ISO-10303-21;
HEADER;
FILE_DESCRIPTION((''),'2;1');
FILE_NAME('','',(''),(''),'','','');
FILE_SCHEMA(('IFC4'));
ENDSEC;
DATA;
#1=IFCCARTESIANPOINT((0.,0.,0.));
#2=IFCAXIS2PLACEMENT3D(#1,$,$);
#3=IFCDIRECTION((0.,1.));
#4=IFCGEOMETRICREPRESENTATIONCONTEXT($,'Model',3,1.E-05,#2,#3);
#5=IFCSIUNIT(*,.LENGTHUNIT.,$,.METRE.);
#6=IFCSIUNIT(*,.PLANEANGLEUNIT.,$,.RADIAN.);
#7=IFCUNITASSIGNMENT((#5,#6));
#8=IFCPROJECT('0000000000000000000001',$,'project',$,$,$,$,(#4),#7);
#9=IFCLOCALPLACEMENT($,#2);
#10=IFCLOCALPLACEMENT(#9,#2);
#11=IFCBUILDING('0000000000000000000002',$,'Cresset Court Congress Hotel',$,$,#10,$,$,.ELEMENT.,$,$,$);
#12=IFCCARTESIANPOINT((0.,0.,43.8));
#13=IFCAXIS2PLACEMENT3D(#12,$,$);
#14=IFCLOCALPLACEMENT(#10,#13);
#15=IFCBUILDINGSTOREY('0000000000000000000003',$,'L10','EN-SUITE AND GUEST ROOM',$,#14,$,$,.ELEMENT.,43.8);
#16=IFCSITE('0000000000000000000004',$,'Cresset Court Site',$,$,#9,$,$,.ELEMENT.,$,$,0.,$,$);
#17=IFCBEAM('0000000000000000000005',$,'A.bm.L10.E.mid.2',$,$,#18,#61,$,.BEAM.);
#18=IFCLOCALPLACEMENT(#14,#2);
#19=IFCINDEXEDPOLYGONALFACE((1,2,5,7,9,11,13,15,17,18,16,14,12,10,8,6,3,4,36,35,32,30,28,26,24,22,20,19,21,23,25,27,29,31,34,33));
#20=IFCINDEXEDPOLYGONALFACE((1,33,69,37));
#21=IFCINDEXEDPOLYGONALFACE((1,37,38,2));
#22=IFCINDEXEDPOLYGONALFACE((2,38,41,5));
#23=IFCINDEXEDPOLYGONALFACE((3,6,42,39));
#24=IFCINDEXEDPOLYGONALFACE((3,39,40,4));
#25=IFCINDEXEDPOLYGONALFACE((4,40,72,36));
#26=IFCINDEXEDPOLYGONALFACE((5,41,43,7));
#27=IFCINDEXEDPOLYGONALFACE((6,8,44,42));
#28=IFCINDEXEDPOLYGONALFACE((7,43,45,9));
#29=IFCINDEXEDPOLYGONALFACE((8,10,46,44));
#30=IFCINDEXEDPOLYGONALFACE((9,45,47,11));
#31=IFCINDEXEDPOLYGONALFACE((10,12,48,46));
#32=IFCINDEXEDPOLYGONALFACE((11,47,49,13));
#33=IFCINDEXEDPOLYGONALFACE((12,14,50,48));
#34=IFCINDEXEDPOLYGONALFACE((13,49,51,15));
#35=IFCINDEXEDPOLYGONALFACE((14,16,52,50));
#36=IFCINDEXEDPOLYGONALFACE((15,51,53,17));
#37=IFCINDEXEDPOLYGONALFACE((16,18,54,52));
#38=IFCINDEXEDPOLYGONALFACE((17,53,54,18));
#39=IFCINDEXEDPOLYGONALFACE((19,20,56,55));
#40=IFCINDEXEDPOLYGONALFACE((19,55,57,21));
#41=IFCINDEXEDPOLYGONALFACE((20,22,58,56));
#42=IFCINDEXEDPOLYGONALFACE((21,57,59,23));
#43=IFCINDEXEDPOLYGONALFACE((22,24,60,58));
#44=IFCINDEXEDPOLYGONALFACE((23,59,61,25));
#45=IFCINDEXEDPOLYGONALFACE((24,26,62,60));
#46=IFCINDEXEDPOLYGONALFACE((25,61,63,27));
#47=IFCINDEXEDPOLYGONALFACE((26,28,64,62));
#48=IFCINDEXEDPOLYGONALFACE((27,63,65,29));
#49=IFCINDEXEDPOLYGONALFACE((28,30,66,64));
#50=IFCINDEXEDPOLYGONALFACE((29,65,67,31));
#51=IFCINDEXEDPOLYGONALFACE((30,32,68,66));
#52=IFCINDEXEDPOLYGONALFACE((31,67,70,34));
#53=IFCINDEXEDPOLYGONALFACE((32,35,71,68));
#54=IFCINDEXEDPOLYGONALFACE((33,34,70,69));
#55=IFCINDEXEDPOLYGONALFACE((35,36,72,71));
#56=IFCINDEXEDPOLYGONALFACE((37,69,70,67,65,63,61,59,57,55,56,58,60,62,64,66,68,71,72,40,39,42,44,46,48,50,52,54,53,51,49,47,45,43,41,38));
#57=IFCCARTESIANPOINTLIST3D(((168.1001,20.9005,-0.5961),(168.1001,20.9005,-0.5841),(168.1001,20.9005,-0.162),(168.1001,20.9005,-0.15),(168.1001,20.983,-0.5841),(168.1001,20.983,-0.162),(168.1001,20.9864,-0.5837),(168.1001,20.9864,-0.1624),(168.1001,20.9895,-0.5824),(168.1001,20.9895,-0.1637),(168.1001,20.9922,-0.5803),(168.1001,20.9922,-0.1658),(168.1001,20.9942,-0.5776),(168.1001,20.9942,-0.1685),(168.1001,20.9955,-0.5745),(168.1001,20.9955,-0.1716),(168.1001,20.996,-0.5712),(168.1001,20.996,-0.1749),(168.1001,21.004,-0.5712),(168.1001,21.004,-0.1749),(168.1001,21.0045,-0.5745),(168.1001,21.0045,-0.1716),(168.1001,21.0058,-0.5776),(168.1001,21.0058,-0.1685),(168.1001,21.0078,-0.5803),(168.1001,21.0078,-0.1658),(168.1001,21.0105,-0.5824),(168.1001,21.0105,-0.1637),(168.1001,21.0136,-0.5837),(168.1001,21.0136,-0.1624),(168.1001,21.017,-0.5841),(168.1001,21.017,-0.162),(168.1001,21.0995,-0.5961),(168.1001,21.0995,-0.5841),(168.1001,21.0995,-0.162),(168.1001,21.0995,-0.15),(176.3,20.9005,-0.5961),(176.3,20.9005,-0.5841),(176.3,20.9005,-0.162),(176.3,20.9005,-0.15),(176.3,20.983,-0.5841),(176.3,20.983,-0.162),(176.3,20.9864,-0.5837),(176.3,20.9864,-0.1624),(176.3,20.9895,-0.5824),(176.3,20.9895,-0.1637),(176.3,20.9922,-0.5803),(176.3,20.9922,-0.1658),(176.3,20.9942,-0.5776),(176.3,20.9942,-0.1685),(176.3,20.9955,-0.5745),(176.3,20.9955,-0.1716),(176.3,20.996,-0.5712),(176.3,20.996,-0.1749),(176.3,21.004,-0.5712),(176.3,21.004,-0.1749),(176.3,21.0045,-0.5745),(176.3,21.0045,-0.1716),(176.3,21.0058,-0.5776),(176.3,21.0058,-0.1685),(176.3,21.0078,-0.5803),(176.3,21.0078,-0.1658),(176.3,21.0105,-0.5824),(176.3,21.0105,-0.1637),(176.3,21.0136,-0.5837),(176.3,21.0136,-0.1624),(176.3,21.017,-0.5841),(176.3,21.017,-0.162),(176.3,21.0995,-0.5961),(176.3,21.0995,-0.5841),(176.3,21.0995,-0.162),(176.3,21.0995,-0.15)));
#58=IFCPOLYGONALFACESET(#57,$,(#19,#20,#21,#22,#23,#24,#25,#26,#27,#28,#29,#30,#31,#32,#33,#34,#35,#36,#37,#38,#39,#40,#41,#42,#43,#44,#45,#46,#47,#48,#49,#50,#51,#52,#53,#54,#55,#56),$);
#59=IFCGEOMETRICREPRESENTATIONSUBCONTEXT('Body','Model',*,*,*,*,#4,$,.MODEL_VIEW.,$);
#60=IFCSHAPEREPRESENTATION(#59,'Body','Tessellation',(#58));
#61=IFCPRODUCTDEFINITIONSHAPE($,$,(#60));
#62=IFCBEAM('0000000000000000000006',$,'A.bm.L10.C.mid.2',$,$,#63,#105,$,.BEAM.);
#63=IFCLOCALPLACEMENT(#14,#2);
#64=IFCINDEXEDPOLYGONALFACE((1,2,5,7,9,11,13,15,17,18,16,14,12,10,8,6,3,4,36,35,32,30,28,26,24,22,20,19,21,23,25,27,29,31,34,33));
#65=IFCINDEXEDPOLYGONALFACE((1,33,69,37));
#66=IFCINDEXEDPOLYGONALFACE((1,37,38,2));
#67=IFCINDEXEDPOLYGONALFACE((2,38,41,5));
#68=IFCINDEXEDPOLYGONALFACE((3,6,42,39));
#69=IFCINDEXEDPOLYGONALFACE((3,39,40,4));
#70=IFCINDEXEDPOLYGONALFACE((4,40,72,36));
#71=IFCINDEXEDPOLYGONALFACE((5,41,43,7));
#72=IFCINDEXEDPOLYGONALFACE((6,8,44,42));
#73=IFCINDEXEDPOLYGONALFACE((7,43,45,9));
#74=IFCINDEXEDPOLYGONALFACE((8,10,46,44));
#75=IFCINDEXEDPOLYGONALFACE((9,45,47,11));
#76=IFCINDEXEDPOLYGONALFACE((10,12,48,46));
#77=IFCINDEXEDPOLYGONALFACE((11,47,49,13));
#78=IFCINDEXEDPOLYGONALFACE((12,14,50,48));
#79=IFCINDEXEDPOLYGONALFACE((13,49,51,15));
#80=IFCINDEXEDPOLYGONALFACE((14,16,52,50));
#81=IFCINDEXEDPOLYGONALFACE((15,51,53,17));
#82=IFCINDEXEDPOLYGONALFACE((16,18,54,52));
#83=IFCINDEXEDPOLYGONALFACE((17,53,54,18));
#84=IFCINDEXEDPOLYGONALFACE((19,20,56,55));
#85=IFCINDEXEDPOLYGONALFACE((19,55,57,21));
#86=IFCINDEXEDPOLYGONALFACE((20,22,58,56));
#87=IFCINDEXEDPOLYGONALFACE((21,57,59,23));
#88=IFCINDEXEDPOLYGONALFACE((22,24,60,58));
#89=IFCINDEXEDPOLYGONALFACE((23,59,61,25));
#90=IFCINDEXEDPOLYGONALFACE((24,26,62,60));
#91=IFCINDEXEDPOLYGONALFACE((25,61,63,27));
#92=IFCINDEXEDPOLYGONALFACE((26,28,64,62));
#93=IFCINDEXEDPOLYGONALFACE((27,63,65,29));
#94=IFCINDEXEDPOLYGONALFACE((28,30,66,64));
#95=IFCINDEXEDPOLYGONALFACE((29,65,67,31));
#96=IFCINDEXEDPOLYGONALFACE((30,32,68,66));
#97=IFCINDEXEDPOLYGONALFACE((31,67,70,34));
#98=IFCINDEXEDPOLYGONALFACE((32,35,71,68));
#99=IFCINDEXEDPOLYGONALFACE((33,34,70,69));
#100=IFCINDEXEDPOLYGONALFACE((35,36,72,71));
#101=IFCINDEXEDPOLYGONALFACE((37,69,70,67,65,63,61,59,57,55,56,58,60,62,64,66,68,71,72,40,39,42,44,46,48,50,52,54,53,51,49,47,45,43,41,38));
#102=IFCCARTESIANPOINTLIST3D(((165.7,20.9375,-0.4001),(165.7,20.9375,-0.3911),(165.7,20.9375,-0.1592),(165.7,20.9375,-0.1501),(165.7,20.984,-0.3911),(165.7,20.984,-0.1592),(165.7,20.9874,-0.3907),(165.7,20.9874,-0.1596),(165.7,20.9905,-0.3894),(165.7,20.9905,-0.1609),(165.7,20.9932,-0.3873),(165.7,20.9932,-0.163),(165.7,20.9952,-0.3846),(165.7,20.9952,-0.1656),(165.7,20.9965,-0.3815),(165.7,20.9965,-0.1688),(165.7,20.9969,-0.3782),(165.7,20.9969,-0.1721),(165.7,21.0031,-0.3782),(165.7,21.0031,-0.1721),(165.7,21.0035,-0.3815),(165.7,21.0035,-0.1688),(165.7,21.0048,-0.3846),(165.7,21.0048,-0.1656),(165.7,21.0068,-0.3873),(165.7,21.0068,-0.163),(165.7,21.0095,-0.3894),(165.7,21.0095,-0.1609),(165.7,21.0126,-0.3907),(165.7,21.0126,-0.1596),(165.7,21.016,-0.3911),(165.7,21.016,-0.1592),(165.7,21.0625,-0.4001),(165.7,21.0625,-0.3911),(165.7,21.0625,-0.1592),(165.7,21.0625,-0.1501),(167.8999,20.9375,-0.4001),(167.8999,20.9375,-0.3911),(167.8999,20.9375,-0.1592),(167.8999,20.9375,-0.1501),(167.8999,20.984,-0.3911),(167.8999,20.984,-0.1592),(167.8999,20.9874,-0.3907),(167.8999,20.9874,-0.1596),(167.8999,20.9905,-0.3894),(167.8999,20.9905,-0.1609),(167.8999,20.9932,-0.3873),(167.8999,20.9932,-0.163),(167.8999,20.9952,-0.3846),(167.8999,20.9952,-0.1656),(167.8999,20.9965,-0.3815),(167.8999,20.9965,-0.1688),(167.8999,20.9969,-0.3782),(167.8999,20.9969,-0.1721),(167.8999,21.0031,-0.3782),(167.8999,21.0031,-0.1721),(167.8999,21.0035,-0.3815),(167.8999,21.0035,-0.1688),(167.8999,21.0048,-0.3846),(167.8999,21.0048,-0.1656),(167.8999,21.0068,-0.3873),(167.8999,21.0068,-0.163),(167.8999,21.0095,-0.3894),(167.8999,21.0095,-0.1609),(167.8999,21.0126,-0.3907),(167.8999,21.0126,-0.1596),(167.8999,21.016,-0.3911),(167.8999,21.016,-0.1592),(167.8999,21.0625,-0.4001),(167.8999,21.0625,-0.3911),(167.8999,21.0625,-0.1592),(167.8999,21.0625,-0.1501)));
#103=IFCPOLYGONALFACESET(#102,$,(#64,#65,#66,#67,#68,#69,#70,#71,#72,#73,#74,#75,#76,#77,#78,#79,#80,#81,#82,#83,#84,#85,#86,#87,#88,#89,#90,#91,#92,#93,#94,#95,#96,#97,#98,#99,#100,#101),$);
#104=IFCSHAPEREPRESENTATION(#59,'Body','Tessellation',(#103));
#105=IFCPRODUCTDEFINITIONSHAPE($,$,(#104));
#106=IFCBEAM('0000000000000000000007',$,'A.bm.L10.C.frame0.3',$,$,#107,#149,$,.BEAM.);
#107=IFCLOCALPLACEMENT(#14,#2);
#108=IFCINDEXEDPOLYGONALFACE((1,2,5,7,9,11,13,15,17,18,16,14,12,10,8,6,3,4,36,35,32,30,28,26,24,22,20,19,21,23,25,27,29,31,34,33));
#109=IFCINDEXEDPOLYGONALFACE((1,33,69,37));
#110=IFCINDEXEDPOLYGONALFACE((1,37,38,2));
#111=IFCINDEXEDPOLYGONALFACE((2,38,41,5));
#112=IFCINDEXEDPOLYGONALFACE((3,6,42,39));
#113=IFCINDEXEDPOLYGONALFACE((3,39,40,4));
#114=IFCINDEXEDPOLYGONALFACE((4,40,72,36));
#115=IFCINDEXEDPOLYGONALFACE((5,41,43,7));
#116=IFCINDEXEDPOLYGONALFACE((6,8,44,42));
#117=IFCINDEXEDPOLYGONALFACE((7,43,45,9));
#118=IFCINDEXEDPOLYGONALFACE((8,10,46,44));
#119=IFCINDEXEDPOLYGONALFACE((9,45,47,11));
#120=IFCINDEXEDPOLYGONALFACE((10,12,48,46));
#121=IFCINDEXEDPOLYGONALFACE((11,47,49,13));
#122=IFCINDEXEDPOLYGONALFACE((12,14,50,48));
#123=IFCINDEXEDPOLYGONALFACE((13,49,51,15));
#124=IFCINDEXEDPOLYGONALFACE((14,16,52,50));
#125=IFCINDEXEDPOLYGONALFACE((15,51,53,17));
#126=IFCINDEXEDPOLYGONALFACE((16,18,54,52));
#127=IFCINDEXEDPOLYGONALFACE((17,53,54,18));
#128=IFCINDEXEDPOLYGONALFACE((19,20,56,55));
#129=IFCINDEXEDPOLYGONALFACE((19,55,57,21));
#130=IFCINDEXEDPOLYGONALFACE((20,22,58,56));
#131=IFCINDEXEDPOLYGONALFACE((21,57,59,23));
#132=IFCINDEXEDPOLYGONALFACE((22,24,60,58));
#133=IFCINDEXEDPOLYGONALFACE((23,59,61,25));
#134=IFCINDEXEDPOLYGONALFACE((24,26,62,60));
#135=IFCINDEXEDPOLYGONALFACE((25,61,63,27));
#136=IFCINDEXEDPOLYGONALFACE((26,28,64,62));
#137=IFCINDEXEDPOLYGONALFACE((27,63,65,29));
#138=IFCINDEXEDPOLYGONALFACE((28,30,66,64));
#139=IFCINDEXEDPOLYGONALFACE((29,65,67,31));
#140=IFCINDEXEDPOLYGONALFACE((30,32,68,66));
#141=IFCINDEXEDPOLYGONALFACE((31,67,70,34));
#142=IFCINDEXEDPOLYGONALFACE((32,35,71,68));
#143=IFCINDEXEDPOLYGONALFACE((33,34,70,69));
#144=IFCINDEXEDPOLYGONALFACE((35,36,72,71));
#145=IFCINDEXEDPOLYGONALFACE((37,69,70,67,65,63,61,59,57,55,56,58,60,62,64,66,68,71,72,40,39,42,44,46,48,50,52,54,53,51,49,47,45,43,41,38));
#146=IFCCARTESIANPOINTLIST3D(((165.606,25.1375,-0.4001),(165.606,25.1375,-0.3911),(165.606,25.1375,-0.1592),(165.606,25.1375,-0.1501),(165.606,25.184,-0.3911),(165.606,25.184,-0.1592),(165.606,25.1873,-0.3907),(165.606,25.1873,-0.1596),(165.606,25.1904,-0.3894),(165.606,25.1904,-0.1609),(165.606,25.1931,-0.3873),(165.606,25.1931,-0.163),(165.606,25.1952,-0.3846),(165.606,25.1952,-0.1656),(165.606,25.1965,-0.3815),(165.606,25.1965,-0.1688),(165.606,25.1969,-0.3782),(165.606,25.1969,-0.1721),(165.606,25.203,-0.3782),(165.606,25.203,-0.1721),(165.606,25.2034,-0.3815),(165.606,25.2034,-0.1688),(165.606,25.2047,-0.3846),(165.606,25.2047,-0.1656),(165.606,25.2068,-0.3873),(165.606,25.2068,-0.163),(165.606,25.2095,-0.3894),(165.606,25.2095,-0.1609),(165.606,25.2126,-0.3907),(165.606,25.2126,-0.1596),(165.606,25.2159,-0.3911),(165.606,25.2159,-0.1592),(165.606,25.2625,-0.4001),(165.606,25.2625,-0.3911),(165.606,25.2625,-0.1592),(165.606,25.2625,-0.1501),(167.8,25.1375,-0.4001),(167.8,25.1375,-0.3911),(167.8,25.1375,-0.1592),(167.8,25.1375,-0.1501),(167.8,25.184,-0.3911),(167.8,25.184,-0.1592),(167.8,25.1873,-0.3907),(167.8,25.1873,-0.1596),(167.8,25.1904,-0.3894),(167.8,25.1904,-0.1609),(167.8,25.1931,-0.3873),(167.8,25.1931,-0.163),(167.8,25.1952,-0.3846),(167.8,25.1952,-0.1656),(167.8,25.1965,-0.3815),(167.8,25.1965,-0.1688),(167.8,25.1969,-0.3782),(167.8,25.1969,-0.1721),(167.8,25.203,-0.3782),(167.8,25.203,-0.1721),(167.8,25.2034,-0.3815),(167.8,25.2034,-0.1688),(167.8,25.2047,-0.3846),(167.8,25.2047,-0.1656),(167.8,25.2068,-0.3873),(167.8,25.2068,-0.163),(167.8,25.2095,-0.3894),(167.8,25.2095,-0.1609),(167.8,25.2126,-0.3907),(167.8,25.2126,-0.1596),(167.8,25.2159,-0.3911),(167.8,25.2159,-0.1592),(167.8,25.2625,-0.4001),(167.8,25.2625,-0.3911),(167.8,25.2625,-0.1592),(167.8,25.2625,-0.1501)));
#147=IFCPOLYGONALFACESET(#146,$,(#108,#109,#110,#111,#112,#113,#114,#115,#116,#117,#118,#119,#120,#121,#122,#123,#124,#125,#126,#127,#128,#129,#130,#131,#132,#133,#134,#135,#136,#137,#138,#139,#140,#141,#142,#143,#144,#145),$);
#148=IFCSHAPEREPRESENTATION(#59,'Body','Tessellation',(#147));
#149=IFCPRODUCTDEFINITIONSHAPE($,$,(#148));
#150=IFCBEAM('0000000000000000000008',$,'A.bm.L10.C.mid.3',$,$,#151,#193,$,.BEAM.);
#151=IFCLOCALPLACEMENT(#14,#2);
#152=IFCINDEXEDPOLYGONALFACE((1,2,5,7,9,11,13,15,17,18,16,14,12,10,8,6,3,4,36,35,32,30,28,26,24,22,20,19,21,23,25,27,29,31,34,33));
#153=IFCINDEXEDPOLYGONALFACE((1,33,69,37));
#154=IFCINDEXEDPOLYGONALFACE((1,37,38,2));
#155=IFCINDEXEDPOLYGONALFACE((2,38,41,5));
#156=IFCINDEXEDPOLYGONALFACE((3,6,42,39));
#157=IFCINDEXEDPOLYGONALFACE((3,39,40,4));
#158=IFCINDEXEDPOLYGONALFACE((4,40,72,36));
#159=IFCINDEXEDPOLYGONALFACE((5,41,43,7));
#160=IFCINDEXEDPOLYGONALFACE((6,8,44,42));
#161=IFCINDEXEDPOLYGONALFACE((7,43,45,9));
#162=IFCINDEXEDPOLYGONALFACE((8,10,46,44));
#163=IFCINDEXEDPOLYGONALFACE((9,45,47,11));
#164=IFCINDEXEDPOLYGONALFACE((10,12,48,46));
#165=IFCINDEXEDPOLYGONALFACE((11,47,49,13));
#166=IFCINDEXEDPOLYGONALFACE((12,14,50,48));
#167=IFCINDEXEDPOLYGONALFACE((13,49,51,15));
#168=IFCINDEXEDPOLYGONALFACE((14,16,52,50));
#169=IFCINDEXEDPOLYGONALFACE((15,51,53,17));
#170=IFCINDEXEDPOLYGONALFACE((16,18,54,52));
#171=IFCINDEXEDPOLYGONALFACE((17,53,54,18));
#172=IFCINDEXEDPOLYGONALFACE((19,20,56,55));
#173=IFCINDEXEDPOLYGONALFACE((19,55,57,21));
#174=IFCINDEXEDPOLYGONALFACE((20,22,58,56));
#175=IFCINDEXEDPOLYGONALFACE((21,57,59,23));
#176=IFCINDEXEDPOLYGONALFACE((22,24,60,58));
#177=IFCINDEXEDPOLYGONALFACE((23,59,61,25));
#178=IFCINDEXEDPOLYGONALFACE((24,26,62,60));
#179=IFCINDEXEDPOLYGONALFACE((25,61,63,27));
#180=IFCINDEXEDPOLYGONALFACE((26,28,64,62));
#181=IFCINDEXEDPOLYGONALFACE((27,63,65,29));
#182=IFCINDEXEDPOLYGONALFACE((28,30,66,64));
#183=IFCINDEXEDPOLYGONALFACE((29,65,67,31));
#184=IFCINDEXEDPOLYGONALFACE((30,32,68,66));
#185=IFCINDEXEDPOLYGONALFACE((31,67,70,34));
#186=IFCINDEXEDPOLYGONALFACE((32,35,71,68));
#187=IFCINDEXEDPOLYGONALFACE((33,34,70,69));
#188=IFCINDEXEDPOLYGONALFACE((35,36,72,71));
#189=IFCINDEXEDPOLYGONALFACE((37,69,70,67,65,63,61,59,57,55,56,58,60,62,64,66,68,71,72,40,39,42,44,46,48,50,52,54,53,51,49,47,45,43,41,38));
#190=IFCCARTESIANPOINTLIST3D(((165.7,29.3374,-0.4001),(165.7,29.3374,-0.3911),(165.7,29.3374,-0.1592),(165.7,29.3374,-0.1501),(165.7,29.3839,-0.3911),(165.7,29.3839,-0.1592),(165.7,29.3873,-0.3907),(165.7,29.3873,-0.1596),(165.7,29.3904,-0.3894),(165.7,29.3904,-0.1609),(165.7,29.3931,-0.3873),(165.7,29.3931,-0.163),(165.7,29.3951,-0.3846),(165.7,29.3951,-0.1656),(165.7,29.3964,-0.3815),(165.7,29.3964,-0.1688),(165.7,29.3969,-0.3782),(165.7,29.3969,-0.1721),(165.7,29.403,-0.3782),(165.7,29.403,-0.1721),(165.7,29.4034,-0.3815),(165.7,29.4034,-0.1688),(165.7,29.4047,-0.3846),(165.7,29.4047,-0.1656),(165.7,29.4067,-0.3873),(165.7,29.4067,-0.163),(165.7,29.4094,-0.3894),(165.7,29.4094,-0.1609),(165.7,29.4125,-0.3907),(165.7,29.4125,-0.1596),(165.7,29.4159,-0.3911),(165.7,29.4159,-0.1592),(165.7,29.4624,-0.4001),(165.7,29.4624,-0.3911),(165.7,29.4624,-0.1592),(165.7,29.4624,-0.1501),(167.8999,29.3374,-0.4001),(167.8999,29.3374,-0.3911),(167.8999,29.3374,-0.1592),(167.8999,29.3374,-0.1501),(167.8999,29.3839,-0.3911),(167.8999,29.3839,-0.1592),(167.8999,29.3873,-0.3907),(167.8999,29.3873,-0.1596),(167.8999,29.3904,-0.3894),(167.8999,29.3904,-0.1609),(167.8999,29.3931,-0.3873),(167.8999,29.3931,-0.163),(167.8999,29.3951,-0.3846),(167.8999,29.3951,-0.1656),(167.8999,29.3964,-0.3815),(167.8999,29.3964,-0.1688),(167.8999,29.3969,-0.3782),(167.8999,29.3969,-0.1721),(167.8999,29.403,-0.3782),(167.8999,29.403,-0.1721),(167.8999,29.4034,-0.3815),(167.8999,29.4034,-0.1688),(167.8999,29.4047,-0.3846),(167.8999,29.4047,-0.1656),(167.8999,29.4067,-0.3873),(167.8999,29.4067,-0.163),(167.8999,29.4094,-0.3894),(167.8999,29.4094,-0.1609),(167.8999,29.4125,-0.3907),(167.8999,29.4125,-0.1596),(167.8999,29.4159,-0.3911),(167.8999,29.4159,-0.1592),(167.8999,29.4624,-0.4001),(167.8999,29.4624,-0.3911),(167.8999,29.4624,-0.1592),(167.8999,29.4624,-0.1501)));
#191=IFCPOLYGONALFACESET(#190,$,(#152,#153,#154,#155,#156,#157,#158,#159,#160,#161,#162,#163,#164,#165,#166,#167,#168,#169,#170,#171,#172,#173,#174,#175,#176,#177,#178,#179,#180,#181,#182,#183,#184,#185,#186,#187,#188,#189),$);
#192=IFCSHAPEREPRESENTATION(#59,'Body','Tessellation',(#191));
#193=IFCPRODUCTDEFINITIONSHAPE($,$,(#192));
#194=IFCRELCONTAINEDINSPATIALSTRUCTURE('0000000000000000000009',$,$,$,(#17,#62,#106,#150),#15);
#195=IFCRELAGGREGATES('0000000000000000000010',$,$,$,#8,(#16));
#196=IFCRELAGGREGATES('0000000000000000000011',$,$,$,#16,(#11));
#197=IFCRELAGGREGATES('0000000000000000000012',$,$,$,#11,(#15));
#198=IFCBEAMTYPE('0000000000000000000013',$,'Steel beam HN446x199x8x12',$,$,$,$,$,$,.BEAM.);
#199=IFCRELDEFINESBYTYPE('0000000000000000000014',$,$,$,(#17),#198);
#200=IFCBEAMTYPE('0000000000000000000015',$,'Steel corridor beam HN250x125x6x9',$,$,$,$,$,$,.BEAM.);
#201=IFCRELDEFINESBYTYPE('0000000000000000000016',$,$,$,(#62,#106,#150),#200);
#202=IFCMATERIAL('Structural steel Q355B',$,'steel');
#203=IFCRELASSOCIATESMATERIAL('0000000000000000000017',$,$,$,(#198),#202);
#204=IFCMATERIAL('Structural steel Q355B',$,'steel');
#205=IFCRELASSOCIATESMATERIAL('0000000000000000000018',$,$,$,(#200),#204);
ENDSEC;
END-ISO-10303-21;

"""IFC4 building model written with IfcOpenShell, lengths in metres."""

from ifc_helpers import new_model, si_unit, direction, frame, origin, origin_2d, place, context, subcontext, project, spatial, i_section, extrude, material, material_profile, profile_set, type_object, element, save


model = new_model("IFC4")

# Units and contexts
model_context = context("Model", 3, precision=1e-05, world=origin(), true_north=direction((0.0, 1.0)))
body_context = subcontext(model_context, "Body", "Model", "MODEL_VIEW")
ifc_project = project(units=[si_unit("LENGTHUNIT", "METRE"), si_unit("PLANEANGLEUNIT", "RADIAN")], contexts=[model_context])

# Site, building, storey
site_placement = place(None, origin())
site = spatial("IfcSite", under=ifc_project, at=site_placement, Name="Cresset Court Site", CompositionType="ELEMENT", RefElevation=0.0)
building_placement = place(site_placement, origin())
building = spatial("IfcBuilding", under=site, at=building_placement, Name="Cresset Court Congress Hotel", CompositionType="ELEMENT")
storey_placement = place(building_placement, frame((0.0, 0.0, 43.8)))
storey = spatial("IfcBuildingStorey", under=building, at=storey_placement, Name="L10", Description="EN-SUITE AND GUEST ROOM", CompositionType="ELEMENT", Elevation=43.8)

# Beams
ifc_material_1 = material(Name="Structural steel Q355B", Category="steel")
ifc_material_profile_1 = material_profile(ifc_material_1, i_section(OverallWidth=0.199, OverallDepth=0.446, WebThickness=0.0081, FlangeThickness=0.012, FilletRadius=0.0129, at=origin_2d()), Name="HN446x199x8x12")
ifc_profile_set_1 = profile_set([ifc_material_profile_1], Name="Structural steel Q355B")
beam_type_1 = type_object("IfcBeamType", Name="Steel beam HN446x199x8x12", PredefinedType="BEAM", material=ifc_profile_set_1)
beam_1_placement = place(storey_placement, frame((168.1001, 21.0, -0.373), z_axis=(1.0, 0.0, 0.0), x_axis=(0.0, 1.0, 0.0)))
element("IfcBeam", 1, at=beam_1_placement, inside=storey, type_object=beam_type_1, Name="A.bm.L10.E.mid.2", PredefinedType="BEAM", context=body_context, shape_type="SweptSolid", body=[
    extrude(i_section(OverallWidth=0.199, OverallDepth=0.446, WebThickness=0.0081, FlangeThickness=0.012, FilletRadius=0.0129, at=origin_2d()), origin(), (0.0, 0.0, 1.0), 8.2),
])
ifc_material_2 = material(Name="Structural steel Q355B", Category="steel")
ifc_material_profile_2 = material_profile(ifc_material_2, i_section(OverallWidth=0.125, OverallDepth=0.25, WebThickness=0.0061, FlangeThickness=0.009, FilletRadius=0.0129, at=origin_2d()), Name="HN250x125x6x9")
ifc_profile_set_2 = profile_set([ifc_material_profile_2], Name="Structural steel Q355B")
beam_type_2 = type_object("IfcBeamType", Name="Steel corridor beam HN250x125x6x9", PredefinedType="BEAM", material=ifc_profile_set_2)
beam_2_placement = place(storey_placement, frame((165.7, 21.0, -0.2751), z_axis=(1.0, 0.0, 0.0), x_axis=(0.0, 1.0, 0.0)))
element("IfcBeam", 2, at=beam_2_placement, inside=storey, type_object=beam_type_2, Name="A.bm.L10.C.mid.2", PredefinedType="BEAM", context=body_context, shape_type="SweptSolid", body=[
    extrude(i_section(OverallWidth=0.125, OverallDepth=0.25, WebThickness=0.0061, FlangeThickness=0.009, FilletRadius=0.0129, at=origin_2d()), origin(), (0.0, 0.0, 1.0), 2.2),
])
beam_3_placement = place(storey_placement, frame((165.606, 25.2, -0.2751), z_axis=(1.0, 0.0, 0.0), x_axis=(0.0, 1.0, 0.0)))
element("IfcBeam", 3, at=beam_3_placement, inside=storey, type_object=beam_type_2, Name="A.bm.L10.C.frame0.3", PredefinedType="BEAM", context=body_context, shape_type="SweptSolid", body=[
    extrude(i_section(OverallWidth=0.125, OverallDepth=0.25, WebThickness=0.0061, FlangeThickness=0.009, FilletRadius=0.0129, at=origin_2d()), origin(), (0.0, 0.0, 1.0), 2.1941),
])
beam_4_placement = place(storey_placement, frame((165.7, 29.3999, -0.2751), z_axis=(1.0, 0.0, 0.0), x_axis=(0.0, 1.0, 0.0)))
element("IfcBeam", 4, at=beam_4_placement, inside=storey, type_object=beam_type_2, Name="A.bm.L10.C.mid.3", PredefinedType="BEAM", context=body_context, shape_type="SweptSolid", body=[
    extrude(i_section(OverallWidth=0.125, OverallDepth=0.25, WebThickness=0.0061, FlangeThickness=0.009, FilletRadius=0.0129, at=origin_2d()), origin(), (0.0, 0.0, 1.0), 2.2),
])

save(model, "model.ifc")
